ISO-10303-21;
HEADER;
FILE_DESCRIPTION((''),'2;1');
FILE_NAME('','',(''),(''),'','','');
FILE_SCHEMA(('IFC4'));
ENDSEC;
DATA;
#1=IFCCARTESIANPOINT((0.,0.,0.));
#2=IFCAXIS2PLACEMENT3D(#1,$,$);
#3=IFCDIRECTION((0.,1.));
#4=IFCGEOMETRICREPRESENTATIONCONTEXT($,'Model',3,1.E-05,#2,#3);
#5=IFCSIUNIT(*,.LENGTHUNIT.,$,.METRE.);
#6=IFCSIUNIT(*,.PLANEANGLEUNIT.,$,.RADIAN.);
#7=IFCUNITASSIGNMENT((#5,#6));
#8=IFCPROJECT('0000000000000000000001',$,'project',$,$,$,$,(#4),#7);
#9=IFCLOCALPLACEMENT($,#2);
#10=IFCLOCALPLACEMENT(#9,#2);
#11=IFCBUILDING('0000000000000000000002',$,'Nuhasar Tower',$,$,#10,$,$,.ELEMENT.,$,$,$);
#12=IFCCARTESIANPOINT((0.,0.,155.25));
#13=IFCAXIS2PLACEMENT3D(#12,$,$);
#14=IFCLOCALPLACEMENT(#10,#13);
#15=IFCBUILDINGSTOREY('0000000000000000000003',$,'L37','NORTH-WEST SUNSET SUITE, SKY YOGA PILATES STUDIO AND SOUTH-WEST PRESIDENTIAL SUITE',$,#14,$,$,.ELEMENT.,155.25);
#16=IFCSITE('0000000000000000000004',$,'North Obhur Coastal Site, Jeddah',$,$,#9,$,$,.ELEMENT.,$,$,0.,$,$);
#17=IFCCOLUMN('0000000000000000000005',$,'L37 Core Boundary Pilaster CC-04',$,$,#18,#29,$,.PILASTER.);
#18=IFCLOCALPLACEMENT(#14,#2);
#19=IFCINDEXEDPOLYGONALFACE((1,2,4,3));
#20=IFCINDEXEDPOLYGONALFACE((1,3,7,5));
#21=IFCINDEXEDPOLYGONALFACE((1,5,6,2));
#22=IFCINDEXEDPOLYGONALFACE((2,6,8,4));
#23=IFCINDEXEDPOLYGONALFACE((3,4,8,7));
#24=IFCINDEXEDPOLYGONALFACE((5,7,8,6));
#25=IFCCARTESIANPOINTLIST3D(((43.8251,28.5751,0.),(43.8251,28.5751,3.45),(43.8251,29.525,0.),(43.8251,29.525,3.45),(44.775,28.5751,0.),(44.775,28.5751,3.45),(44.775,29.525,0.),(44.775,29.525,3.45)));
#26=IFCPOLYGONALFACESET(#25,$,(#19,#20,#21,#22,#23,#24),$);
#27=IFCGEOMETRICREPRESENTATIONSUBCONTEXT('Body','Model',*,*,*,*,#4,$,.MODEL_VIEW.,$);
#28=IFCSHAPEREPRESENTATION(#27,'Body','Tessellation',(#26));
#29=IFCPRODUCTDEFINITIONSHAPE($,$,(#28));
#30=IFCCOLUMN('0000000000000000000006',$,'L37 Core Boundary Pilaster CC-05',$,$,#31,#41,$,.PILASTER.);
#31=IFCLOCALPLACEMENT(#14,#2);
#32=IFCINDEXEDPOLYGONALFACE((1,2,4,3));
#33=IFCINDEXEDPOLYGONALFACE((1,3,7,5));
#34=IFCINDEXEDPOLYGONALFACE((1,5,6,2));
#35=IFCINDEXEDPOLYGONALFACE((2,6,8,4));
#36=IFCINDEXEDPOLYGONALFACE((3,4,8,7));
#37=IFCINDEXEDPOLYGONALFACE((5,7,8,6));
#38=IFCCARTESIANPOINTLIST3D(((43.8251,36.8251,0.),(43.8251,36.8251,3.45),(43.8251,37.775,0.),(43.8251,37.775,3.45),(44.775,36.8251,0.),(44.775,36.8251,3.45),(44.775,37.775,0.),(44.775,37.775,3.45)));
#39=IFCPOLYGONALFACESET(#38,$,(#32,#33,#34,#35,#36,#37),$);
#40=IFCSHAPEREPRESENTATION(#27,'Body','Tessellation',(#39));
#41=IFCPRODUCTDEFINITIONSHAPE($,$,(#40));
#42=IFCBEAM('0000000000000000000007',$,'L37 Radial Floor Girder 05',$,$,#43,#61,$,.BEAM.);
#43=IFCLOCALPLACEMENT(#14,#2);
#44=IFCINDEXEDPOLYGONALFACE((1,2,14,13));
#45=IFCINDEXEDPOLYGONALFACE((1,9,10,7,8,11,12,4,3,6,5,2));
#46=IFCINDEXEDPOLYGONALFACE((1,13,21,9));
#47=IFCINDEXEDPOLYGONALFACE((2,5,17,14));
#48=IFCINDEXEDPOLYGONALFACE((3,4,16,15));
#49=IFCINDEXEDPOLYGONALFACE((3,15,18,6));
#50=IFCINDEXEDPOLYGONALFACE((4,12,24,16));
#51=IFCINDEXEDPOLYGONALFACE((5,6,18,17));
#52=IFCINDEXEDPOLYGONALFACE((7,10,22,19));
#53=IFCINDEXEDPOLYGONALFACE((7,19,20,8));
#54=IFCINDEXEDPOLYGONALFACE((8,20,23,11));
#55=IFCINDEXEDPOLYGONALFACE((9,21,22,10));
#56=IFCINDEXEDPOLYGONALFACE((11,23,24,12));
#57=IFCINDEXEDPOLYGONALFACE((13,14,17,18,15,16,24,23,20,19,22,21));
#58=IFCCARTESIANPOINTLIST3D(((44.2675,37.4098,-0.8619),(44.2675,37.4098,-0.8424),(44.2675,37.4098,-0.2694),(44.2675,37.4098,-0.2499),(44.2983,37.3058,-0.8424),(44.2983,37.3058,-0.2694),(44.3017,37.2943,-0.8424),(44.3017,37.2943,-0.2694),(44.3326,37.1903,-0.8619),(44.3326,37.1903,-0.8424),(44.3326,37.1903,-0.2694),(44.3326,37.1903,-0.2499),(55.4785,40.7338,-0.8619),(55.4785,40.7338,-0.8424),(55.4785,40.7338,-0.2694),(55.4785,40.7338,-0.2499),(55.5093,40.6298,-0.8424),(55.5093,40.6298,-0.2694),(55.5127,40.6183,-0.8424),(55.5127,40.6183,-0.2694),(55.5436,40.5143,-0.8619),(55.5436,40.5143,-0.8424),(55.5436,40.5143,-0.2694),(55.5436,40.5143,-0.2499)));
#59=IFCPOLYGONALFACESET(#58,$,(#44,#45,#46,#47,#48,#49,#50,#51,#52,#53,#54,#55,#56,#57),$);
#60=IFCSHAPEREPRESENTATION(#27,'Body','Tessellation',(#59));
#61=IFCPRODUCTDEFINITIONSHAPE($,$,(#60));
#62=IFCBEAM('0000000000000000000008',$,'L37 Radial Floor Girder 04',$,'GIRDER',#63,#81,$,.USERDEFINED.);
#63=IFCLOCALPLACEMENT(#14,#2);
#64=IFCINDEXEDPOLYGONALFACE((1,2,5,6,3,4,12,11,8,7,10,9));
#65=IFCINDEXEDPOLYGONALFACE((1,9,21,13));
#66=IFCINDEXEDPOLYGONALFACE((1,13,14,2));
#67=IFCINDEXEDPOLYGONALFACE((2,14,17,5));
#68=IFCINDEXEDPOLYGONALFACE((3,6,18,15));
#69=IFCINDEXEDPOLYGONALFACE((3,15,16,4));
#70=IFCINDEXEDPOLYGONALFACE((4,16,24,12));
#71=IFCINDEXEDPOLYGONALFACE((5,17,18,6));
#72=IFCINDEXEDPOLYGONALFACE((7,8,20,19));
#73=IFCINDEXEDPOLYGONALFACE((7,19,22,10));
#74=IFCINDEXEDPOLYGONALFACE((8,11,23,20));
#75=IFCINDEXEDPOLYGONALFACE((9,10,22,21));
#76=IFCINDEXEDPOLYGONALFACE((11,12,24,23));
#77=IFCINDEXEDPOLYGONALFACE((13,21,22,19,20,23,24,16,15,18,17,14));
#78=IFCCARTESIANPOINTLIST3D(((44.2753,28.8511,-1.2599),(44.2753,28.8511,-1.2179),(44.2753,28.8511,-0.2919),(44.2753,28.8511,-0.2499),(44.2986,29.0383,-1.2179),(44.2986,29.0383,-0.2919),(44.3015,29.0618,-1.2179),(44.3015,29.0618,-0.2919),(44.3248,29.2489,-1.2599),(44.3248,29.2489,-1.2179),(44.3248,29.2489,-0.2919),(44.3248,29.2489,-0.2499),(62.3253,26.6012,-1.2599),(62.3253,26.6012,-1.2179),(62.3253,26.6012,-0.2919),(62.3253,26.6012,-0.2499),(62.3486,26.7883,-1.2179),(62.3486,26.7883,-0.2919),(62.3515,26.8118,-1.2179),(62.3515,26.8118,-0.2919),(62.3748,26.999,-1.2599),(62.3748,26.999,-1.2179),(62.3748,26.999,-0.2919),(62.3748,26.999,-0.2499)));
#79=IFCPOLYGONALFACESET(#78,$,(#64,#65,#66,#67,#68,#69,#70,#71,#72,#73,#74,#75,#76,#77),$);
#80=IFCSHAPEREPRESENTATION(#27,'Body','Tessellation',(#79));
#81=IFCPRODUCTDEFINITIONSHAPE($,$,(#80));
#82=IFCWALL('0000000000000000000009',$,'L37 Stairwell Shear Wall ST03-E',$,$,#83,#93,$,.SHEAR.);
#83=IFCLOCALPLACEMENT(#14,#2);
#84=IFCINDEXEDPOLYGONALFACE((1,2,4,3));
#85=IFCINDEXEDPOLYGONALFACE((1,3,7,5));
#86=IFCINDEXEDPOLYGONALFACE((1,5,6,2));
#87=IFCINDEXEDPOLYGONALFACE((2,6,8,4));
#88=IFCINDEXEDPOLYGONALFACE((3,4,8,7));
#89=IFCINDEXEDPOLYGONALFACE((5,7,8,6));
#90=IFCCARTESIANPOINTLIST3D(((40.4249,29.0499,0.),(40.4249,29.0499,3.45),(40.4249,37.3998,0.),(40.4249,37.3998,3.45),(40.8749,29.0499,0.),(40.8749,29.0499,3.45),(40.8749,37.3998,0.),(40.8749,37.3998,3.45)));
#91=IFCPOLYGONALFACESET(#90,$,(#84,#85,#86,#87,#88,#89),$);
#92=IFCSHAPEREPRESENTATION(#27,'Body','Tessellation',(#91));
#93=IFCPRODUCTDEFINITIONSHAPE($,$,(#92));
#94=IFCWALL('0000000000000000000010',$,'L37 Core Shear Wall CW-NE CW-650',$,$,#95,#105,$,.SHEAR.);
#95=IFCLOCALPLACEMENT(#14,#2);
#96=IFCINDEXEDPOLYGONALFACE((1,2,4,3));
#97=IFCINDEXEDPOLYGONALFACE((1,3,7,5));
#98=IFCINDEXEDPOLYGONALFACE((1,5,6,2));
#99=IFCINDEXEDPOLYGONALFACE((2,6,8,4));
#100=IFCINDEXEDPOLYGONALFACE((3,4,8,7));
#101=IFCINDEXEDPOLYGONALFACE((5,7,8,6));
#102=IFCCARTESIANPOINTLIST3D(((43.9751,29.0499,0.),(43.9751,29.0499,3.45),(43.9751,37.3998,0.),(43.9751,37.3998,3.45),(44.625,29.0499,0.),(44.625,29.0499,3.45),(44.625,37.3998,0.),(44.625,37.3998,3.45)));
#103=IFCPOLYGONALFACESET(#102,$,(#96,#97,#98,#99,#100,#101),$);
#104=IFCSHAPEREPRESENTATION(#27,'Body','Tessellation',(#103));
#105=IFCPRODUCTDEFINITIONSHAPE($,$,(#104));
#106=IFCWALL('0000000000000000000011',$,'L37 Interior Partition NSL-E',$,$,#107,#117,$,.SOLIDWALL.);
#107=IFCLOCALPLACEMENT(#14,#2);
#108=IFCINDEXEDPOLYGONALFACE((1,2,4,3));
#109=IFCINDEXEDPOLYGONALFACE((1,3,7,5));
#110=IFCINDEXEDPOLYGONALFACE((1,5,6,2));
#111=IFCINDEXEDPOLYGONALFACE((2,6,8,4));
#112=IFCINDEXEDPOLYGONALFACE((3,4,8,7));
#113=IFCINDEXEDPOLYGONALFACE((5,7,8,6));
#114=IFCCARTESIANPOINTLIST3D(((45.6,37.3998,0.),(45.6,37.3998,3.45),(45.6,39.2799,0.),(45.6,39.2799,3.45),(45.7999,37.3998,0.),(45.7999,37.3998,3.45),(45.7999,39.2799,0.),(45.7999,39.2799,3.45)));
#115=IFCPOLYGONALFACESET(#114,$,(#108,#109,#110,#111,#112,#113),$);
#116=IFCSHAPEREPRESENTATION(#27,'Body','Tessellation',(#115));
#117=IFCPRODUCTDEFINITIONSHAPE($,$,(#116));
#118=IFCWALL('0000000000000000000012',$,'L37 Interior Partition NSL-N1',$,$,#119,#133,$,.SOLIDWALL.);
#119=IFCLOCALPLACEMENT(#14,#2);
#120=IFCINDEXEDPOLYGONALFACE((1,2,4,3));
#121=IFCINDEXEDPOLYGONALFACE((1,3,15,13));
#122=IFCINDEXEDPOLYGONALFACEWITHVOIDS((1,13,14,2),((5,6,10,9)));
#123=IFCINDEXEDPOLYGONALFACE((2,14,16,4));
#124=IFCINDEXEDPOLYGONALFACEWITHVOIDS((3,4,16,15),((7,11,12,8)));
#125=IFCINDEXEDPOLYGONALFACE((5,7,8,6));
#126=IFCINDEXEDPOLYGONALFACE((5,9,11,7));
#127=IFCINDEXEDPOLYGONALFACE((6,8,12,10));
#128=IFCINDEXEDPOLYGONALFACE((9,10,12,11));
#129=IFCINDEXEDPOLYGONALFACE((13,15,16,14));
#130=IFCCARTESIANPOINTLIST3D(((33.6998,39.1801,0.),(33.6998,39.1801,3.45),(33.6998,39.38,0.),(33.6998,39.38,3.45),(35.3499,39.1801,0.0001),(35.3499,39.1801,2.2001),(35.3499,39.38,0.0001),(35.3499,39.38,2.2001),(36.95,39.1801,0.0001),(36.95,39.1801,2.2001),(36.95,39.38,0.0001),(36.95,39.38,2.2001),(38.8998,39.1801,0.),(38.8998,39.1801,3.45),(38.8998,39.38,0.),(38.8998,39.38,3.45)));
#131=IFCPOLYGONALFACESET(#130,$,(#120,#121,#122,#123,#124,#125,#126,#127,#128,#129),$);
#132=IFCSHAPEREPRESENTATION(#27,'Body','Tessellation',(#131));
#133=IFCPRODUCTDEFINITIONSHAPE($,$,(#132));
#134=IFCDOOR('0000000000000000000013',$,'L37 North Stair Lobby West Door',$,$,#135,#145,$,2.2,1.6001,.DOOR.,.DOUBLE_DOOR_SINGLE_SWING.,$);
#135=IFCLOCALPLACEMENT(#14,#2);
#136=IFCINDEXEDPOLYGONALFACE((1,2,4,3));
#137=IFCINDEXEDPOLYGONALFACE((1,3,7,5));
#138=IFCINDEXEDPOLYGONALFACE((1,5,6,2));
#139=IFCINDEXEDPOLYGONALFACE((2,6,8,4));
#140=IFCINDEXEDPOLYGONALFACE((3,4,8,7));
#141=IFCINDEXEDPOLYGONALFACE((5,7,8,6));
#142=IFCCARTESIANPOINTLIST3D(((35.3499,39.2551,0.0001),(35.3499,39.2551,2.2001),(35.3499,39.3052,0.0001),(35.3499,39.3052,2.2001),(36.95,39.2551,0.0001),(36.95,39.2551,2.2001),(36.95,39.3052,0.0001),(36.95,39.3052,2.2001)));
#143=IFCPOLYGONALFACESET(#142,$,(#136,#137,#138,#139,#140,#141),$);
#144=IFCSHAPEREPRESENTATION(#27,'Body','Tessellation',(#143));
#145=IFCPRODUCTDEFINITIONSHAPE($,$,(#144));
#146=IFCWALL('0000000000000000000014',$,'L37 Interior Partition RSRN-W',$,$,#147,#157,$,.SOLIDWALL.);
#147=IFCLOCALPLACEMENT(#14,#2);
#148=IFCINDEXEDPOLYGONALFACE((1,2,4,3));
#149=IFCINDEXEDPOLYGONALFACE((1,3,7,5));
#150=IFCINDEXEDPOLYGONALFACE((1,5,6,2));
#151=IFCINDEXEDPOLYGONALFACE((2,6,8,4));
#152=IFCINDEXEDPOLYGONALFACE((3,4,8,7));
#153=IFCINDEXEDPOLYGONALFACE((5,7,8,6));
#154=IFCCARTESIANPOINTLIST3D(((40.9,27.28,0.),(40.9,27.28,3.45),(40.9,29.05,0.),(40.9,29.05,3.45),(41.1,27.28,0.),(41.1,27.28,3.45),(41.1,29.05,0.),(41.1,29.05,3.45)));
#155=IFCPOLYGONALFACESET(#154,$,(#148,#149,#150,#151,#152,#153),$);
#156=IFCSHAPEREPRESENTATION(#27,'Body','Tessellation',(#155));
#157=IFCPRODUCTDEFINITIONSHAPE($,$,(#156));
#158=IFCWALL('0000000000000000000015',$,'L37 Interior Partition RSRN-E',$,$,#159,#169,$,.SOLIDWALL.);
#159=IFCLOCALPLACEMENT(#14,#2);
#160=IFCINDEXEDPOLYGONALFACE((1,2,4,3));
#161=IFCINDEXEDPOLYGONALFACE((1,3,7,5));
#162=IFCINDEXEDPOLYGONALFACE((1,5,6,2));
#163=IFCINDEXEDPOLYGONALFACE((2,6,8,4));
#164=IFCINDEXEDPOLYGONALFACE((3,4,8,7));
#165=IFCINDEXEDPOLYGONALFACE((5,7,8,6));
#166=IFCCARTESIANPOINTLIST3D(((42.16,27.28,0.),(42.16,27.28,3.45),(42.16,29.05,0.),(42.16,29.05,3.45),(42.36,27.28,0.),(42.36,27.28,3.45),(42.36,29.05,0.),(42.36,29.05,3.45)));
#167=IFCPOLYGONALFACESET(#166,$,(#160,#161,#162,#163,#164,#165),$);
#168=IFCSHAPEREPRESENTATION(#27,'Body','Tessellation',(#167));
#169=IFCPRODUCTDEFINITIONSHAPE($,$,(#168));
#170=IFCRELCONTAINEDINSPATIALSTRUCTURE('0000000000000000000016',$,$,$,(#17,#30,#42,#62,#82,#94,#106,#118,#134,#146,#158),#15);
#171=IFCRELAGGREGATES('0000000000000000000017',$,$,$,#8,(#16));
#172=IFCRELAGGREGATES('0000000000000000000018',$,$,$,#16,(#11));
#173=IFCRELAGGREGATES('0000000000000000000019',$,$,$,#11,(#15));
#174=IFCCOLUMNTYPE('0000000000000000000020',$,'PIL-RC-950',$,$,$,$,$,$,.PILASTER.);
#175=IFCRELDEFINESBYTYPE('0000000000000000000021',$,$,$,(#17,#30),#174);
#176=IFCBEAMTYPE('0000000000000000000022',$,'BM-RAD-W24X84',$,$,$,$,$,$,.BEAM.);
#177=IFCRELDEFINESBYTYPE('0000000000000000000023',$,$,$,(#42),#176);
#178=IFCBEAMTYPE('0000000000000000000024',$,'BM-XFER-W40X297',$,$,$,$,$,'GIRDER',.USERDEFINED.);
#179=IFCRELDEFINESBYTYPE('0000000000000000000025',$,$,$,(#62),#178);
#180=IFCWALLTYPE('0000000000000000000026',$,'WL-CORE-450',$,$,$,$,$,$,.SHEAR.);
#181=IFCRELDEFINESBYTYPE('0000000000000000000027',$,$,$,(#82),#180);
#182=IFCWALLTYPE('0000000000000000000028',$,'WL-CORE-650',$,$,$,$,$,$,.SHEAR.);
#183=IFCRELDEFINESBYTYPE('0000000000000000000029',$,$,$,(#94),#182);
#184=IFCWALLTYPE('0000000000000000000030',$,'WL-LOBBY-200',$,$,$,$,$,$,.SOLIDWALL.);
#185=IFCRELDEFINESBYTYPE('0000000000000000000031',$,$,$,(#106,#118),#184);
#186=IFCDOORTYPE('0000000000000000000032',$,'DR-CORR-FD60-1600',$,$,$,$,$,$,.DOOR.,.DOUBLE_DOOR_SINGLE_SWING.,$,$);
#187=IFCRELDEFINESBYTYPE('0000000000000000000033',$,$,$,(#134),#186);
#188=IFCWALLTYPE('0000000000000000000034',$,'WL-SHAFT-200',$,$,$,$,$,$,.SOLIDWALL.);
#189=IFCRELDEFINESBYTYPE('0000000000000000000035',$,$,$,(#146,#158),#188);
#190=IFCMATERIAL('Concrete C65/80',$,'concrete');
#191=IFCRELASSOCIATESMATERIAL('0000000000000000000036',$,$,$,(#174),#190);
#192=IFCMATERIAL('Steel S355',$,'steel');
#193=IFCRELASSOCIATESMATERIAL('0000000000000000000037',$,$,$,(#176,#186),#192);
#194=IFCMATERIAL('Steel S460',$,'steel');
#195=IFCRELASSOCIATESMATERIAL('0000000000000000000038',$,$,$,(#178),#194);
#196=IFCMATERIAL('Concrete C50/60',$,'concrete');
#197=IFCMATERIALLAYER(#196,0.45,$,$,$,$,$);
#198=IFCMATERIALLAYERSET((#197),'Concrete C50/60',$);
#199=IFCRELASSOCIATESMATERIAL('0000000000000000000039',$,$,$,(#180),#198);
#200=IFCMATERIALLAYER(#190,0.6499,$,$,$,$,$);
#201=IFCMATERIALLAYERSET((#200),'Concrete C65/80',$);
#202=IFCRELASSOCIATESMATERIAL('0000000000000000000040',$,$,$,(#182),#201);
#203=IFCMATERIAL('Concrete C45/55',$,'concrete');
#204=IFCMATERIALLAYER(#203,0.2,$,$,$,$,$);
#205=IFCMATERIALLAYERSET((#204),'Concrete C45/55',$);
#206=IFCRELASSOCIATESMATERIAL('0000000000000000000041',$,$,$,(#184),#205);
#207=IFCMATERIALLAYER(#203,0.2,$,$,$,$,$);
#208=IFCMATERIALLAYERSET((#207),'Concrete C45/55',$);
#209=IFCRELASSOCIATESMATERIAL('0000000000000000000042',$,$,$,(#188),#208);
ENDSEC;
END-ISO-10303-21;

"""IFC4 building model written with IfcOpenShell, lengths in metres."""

from ifc_helpers import new_model, si_unit, direction, frame, frame_2d, origin, origin_2d, place, context, subcontext, project, spatial, rectangle, i_section, extrude, material, layer, layer_set, material_profile, profile_set, type_object, element, fill, save


model = new_model("IFC4")

# Units and contexts
model_context = context("Model", 3, precision=1e-05, world=origin(), true_north=direction((0.0, 1.0)))
body_context = subcontext(model_context, "Body", "Model", "MODEL_VIEW")
ifc_project = project(units=[si_unit("LENGTHUNIT", "METRE"), si_unit("PLANEANGLEUNIT", "RADIAN")], contexts=[model_context])

# Site, building, storey
site_placement = place(None, origin())
site = spatial("IfcSite", under=ifc_project, at=site_placement, Name="North Obhur Coastal Site, Jeddah", CompositionType="ELEMENT", RefElevation=0.0)
building_placement = place(site_placement, origin())
building = spatial("IfcBuilding", under=site, at=building_placement, Name="Nuhasar Tower", CompositionType="ELEMENT")
storey_placement = place(building_placement, frame((0.0, 0.0, 155.25)))
storey = spatial("IfcBuildingStorey", under=building, at=storey_placement, Name="L37", Description="NORTH-WEST SUNSET SUITE, SKY YOGA PILATES STUDIO AND SOUTH-WEST PRESIDENTIAL SUITE", CompositionType="ELEMENT", Elevation=155.25)

# Columns
ifc_material_1 = material(Name="Concrete C65/80", Category="concrete")
ifc_material_profile_1 = material_profile(ifc_material_1, rectangle(XDim=0.95, YDim=0.95, at=origin_2d()), Name="RC950X950")
ifc_profile_set_1 = profile_set([ifc_material_profile_1], Name="Concrete C65/80")
column_type = type_object("IfcColumnType", Name="PIL-RC-950", PredefinedType="PILASTER", material=ifc_profile_set_1)
for number, where, z_axis, x_axis, name in (
    (1, (44.3, 29.05, 0.0), (0.0, 0.0, 1.0), (1.0, 0.0, 0.0), "L37 Core Boundary Pilaster CC-04"),
    (2, (44.3, 37.3, 0.0), (0.0, 0.0, 1.0), (1.0, 0.0, 0.0), "L37 Core Boundary Pilaster CC-05"),
):
    element("IfcColumn", number, at=place(storey_placement, frame(where, z_axis=z_axis, x_axis=x_axis)), inside=storey, type_object=column_type, Name=name, PredefinedType="PILASTER", context=body_context, shape_type="SweptSolid", body=[
        extrude(rectangle(XDim=0.95, YDim=0.95, at=origin_2d()), origin(), (0.0, 0.0, 1.0), 3.45),
    ])

# Beams
ifc_material_2 = material(Name="Steel S355", Category="steel")
ifc_material_profile_2 = material_profile(ifc_material_2, i_section(OverallWidth=0.229, OverallDepth=0.6121, WebThickness=0.012, FlangeThickness=0.0195, at=origin_2d()), Name="W24X84")
ifc_profile_set_2 = profile_set([ifc_material_profile_2], Name="Steel S355")
beam_type_1 = type_object("IfcBeamType", Name="BM-RAD-W24X84", PredefinedType="BEAM", material=ifc_profile_set_2)
beam_1_placement = place(storey_placement, frame((44.3, 37.3, -0.5559), z_axis=(0.958746, 0.284262, 0.0), x_axis=(-0.284262, 0.958746, 0.0)))
element("IfcBeam", 3, at=beam_1_placement, inside=storey, type_object=beam_type_1, Name="L37 Radial Floor Girder 05", PredefinedType="BEAM", context=body_context, shape_type="SweptSolid", body=[
    extrude(i_section(OverallWidth=0.229, OverallDepth=0.6121, WebThickness=0.012, FlangeThickness=0.0195, at=origin_2d()), origin(), (0.0, 0.0, 1.0), 11.6934),
])
ifc_material_3 = material(Name="Steel S460", Category="steel")
ifc_material_profile_3 = material_profile(ifc_material_3, i_section(OverallWidth=0.4009, OverallDepth=1.01, WebThickness=0.0237, FlangeThickness=0.042, at=origin_2d()), Name="W40X297")
ifc_profile_set_3 = profile_set([ifc_material_profile_3], Name="Steel S460")
beam_type_2 = type_object("IfcBeamType", Name="BM-XFER-W40X297", ElementType="GIRDER", PredefinedType="USERDEFINED", material=ifc_profile_set_3)
beam_2_placement = place(storey_placement, frame((44.3, 29.05, -0.7549), z_axis=(0.99232, -0.123696, 0.0), x_axis=(0.123696, 0.99232, 0.0)))
element("IfcBeam", 4, at=beam_2_placement, inside=storey, type_object=beam_type_2, Name="L37 Radial Floor Girder 04", ObjectType="GIRDER", PredefinedType="USERDEFINED", context=body_context, shape_type="SweptSolid", body=[
    extrude(i_section(OverallWidth=0.4009, OverallDepth=1.01, WebThickness=0.0237, FlangeThickness=0.042, at=origin_2d()), origin(), (0.0, 0.0, 1.0), 18.1897),
])

# Shared definitions
ifc_material_4 = material(Name="Concrete C50/60", Category="concrete")
ifc_layer_1 = layer(ifc_material_4, 0.45)
ifc_layer_set_1 = layer_set([ifc_layer_1], Name="Concrete C50/60")
wall_type_1 = type_object("IfcWallType", Name="WL-CORE-450", PredefinedType="SHEAR", material=ifc_layer_set_1)

# Wall
wall_1_placement = place(storey_placement, frame((40.6499, 29.05, 0.0), z_axis=(0.0, 0.0, 1.0), x_axis=(0.0, 1.0, 0.0)))
element("IfcWall", 5, at=wall_1_placement, inside=storey, type_object=wall_type_1, Name="L37 Stairwell Shear Wall ST03-E", PredefinedType="SHEAR", context=body_context, shape_type="SweptSolid", body=[
    extrude(rectangle(XDim=8.3499, YDim=0.45, at=frame_2d((4.1748, 0.0))), origin(), (0.0, 0.0, 1.0), 3.45),
])

# Walls
ifc_layer_2 = layer(ifc_material_1, 0.6499)
ifc_layer_set_2 = layer_set([ifc_layer_2], Name="Concrete C65/80")
wall_type_2 = type_object("IfcWallType", Name="WL-CORE-650", PredefinedType="SHEAR", material=ifc_layer_set_2)
wall_2_placement = place(storey_placement, frame((44.3, 29.05, 0.0), z_axis=(0.0, 0.0, 1.0), x_axis=(0.0, 1.0, 0.0)))
element("IfcWall", 6, at=wall_2_placement, inside=storey, type_object=wall_type_2, Name="L37 Core Shear Wall CW-NE CW-650", PredefinedType="SHEAR", context=body_context, shape_type="SweptSolid", body=[
    extrude(rectangle(XDim=8.3499, YDim=0.6499, at=frame_2d((4.1748, 0.0))), origin(), (0.0, 0.0, 1.0), 3.45),
])
ifc_material_5 = material(Name="Concrete C45/55", Category="concrete")
ifc_layer_3 = layer(ifc_material_5, 0.2)
ifc_layer_set_3 = layer_set([ifc_layer_3], Name="Concrete C45/55")
wall_type_3 = type_object("IfcWallType", Name="WL-LOBBY-200", PredefinedType="SOLIDWALL", material=ifc_layer_set_3)
wall_3_placement = place(storey_placement, frame((45.7, 37.3999, 0.0), z_axis=(0.0, 0.0, 1.0), x_axis=(0.0, 1.0, 0.0)))
element("IfcWall", 7, at=wall_3_placement, inside=storey, type_object=wall_type_3, Name="L37 Interior Partition NSL-E", PredefinedType="SOLIDWALL", context=body_context, shape_type="SweptSolid", body=[
    extrude(rectangle(XDim=1.8801, YDim=0.2, at=frame_2d((0.9399, 0.0))), origin(), (0.0, 0.0, 1.0), 3.45),
])

# Wall, opening, door
wall_4_placement = place(storey_placement, frame((38.8999, 39.28, 0.0), z_axis=(0.0, 0.0, 1.0), x_axis=(-1.0, 0.0, 0.0)))
wall_4 = element("IfcWall", 8, at=wall_4_placement, inside=storey, type_object=wall_type_3, Name="L37 Interior Partition NSL-N1", PredefinedType="SOLIDWALL", context=body_context, shape_type="SweptSolid", body=[
    extrude(rectangle(XDim=5.2, YDim=0.2, at=frame_2d((2.6001, 0.0))), origin(), (0.0, 0.0, 1.0), 3.45),
])
opening_1_placement = place(wall_4_placement, frame((1.95, 0.0, 0.0)))
opening_1 = element("IfcOpeningElement", 9, at=opening_1_placement, cuts=wall_4, PredefinedType="OPENING", context=body_context, shape_type="SweptSolid", body=[
    extrude(rectangle(XDim=1.6001, YDim=2.2, at=frame_2d((0.8, 1.1001))), frame((0.0, 0.1099, 0.0), z_axis=(0.0, -1.0, 0.0), x_axis=(1.0, 0.0, 0.0)), (0.0, 0.0, 1.0), 0.22),
])
door_type_1 = type_object("IfcDoorType", Name="DR-CORR-FD60-1600", OperationType="DOUBLE_DOOR_SINGLE_SWING", PredefinedType="DOOR", material=ifc_material_2)
door_1_placement = place(opening_1_placement, origin())
door_1 = element("IfcDoor", 10, at=door_1_placement, inside=storey, type_object=door_type_1, Name="L37 North Stair Lobby West Door", OperationType="DOUBLE_DOOR_SINGLE_SWING", OverallHeight=2.2, OverallWidth=1.6001, PredefinedType="DOOR", context=body_context, shape_type="SweptSolid", body=[
    extrude(rectangle(XDim=1.6001, YDim=2.2, at=frame_2d((0.8, 1.1001))), frame((0.0, 0.0249, 0.0), z_axis=(0.0, -1.0, 0.0), x_axis=(1.0, 0.0, 0.0)), (0.0, 0.0, 1.0), 0.05),
])
fill(opening_1, door_1)

# Walls
ifc_layer_4 = layer(ifc_material_5, 0.2)
ifc_layer_set_4 = layer_set([ifc_layer_4], Name="Concrete C45/55")
wall_type_4 = type_object("IfcWallType", Name="WL-SHAFT-200", PredefinedType="SOLIDWALL", material=ifc_layer_set_4)
for number, where, z_axis, x_axis, name in (
    (11, (41.0, 27.28, 0.0), (0.0, 0.0, 1.0), (0.0, 1.0, 0.0), "L37 Interior Partition RSRN-W"),
    (12, (42.26, 27.28, 0.0), (0.0, 0.0, 1.0), (0.0, 1.0, 0.0), "L37 Interior Partition RSRN-E"),
):
    element("IfcWall", number, at=place(storey_placement, frame(where, z_axis=z_axis, x_axis=x_axis)), inside=storey, type_object=wall_type_4, Name=name, PredefinedType="SOLIDWALL", context=body_context, shape_type="SweptSolid", body=[
        extrude(rectangle(XDim=1.77, YDim=0.2, at=frame_2d((0.885, 0.0))), origin(), (0.0, 0.0, 1.0), 3.45),
    ])

save(model, "model.ifc")
